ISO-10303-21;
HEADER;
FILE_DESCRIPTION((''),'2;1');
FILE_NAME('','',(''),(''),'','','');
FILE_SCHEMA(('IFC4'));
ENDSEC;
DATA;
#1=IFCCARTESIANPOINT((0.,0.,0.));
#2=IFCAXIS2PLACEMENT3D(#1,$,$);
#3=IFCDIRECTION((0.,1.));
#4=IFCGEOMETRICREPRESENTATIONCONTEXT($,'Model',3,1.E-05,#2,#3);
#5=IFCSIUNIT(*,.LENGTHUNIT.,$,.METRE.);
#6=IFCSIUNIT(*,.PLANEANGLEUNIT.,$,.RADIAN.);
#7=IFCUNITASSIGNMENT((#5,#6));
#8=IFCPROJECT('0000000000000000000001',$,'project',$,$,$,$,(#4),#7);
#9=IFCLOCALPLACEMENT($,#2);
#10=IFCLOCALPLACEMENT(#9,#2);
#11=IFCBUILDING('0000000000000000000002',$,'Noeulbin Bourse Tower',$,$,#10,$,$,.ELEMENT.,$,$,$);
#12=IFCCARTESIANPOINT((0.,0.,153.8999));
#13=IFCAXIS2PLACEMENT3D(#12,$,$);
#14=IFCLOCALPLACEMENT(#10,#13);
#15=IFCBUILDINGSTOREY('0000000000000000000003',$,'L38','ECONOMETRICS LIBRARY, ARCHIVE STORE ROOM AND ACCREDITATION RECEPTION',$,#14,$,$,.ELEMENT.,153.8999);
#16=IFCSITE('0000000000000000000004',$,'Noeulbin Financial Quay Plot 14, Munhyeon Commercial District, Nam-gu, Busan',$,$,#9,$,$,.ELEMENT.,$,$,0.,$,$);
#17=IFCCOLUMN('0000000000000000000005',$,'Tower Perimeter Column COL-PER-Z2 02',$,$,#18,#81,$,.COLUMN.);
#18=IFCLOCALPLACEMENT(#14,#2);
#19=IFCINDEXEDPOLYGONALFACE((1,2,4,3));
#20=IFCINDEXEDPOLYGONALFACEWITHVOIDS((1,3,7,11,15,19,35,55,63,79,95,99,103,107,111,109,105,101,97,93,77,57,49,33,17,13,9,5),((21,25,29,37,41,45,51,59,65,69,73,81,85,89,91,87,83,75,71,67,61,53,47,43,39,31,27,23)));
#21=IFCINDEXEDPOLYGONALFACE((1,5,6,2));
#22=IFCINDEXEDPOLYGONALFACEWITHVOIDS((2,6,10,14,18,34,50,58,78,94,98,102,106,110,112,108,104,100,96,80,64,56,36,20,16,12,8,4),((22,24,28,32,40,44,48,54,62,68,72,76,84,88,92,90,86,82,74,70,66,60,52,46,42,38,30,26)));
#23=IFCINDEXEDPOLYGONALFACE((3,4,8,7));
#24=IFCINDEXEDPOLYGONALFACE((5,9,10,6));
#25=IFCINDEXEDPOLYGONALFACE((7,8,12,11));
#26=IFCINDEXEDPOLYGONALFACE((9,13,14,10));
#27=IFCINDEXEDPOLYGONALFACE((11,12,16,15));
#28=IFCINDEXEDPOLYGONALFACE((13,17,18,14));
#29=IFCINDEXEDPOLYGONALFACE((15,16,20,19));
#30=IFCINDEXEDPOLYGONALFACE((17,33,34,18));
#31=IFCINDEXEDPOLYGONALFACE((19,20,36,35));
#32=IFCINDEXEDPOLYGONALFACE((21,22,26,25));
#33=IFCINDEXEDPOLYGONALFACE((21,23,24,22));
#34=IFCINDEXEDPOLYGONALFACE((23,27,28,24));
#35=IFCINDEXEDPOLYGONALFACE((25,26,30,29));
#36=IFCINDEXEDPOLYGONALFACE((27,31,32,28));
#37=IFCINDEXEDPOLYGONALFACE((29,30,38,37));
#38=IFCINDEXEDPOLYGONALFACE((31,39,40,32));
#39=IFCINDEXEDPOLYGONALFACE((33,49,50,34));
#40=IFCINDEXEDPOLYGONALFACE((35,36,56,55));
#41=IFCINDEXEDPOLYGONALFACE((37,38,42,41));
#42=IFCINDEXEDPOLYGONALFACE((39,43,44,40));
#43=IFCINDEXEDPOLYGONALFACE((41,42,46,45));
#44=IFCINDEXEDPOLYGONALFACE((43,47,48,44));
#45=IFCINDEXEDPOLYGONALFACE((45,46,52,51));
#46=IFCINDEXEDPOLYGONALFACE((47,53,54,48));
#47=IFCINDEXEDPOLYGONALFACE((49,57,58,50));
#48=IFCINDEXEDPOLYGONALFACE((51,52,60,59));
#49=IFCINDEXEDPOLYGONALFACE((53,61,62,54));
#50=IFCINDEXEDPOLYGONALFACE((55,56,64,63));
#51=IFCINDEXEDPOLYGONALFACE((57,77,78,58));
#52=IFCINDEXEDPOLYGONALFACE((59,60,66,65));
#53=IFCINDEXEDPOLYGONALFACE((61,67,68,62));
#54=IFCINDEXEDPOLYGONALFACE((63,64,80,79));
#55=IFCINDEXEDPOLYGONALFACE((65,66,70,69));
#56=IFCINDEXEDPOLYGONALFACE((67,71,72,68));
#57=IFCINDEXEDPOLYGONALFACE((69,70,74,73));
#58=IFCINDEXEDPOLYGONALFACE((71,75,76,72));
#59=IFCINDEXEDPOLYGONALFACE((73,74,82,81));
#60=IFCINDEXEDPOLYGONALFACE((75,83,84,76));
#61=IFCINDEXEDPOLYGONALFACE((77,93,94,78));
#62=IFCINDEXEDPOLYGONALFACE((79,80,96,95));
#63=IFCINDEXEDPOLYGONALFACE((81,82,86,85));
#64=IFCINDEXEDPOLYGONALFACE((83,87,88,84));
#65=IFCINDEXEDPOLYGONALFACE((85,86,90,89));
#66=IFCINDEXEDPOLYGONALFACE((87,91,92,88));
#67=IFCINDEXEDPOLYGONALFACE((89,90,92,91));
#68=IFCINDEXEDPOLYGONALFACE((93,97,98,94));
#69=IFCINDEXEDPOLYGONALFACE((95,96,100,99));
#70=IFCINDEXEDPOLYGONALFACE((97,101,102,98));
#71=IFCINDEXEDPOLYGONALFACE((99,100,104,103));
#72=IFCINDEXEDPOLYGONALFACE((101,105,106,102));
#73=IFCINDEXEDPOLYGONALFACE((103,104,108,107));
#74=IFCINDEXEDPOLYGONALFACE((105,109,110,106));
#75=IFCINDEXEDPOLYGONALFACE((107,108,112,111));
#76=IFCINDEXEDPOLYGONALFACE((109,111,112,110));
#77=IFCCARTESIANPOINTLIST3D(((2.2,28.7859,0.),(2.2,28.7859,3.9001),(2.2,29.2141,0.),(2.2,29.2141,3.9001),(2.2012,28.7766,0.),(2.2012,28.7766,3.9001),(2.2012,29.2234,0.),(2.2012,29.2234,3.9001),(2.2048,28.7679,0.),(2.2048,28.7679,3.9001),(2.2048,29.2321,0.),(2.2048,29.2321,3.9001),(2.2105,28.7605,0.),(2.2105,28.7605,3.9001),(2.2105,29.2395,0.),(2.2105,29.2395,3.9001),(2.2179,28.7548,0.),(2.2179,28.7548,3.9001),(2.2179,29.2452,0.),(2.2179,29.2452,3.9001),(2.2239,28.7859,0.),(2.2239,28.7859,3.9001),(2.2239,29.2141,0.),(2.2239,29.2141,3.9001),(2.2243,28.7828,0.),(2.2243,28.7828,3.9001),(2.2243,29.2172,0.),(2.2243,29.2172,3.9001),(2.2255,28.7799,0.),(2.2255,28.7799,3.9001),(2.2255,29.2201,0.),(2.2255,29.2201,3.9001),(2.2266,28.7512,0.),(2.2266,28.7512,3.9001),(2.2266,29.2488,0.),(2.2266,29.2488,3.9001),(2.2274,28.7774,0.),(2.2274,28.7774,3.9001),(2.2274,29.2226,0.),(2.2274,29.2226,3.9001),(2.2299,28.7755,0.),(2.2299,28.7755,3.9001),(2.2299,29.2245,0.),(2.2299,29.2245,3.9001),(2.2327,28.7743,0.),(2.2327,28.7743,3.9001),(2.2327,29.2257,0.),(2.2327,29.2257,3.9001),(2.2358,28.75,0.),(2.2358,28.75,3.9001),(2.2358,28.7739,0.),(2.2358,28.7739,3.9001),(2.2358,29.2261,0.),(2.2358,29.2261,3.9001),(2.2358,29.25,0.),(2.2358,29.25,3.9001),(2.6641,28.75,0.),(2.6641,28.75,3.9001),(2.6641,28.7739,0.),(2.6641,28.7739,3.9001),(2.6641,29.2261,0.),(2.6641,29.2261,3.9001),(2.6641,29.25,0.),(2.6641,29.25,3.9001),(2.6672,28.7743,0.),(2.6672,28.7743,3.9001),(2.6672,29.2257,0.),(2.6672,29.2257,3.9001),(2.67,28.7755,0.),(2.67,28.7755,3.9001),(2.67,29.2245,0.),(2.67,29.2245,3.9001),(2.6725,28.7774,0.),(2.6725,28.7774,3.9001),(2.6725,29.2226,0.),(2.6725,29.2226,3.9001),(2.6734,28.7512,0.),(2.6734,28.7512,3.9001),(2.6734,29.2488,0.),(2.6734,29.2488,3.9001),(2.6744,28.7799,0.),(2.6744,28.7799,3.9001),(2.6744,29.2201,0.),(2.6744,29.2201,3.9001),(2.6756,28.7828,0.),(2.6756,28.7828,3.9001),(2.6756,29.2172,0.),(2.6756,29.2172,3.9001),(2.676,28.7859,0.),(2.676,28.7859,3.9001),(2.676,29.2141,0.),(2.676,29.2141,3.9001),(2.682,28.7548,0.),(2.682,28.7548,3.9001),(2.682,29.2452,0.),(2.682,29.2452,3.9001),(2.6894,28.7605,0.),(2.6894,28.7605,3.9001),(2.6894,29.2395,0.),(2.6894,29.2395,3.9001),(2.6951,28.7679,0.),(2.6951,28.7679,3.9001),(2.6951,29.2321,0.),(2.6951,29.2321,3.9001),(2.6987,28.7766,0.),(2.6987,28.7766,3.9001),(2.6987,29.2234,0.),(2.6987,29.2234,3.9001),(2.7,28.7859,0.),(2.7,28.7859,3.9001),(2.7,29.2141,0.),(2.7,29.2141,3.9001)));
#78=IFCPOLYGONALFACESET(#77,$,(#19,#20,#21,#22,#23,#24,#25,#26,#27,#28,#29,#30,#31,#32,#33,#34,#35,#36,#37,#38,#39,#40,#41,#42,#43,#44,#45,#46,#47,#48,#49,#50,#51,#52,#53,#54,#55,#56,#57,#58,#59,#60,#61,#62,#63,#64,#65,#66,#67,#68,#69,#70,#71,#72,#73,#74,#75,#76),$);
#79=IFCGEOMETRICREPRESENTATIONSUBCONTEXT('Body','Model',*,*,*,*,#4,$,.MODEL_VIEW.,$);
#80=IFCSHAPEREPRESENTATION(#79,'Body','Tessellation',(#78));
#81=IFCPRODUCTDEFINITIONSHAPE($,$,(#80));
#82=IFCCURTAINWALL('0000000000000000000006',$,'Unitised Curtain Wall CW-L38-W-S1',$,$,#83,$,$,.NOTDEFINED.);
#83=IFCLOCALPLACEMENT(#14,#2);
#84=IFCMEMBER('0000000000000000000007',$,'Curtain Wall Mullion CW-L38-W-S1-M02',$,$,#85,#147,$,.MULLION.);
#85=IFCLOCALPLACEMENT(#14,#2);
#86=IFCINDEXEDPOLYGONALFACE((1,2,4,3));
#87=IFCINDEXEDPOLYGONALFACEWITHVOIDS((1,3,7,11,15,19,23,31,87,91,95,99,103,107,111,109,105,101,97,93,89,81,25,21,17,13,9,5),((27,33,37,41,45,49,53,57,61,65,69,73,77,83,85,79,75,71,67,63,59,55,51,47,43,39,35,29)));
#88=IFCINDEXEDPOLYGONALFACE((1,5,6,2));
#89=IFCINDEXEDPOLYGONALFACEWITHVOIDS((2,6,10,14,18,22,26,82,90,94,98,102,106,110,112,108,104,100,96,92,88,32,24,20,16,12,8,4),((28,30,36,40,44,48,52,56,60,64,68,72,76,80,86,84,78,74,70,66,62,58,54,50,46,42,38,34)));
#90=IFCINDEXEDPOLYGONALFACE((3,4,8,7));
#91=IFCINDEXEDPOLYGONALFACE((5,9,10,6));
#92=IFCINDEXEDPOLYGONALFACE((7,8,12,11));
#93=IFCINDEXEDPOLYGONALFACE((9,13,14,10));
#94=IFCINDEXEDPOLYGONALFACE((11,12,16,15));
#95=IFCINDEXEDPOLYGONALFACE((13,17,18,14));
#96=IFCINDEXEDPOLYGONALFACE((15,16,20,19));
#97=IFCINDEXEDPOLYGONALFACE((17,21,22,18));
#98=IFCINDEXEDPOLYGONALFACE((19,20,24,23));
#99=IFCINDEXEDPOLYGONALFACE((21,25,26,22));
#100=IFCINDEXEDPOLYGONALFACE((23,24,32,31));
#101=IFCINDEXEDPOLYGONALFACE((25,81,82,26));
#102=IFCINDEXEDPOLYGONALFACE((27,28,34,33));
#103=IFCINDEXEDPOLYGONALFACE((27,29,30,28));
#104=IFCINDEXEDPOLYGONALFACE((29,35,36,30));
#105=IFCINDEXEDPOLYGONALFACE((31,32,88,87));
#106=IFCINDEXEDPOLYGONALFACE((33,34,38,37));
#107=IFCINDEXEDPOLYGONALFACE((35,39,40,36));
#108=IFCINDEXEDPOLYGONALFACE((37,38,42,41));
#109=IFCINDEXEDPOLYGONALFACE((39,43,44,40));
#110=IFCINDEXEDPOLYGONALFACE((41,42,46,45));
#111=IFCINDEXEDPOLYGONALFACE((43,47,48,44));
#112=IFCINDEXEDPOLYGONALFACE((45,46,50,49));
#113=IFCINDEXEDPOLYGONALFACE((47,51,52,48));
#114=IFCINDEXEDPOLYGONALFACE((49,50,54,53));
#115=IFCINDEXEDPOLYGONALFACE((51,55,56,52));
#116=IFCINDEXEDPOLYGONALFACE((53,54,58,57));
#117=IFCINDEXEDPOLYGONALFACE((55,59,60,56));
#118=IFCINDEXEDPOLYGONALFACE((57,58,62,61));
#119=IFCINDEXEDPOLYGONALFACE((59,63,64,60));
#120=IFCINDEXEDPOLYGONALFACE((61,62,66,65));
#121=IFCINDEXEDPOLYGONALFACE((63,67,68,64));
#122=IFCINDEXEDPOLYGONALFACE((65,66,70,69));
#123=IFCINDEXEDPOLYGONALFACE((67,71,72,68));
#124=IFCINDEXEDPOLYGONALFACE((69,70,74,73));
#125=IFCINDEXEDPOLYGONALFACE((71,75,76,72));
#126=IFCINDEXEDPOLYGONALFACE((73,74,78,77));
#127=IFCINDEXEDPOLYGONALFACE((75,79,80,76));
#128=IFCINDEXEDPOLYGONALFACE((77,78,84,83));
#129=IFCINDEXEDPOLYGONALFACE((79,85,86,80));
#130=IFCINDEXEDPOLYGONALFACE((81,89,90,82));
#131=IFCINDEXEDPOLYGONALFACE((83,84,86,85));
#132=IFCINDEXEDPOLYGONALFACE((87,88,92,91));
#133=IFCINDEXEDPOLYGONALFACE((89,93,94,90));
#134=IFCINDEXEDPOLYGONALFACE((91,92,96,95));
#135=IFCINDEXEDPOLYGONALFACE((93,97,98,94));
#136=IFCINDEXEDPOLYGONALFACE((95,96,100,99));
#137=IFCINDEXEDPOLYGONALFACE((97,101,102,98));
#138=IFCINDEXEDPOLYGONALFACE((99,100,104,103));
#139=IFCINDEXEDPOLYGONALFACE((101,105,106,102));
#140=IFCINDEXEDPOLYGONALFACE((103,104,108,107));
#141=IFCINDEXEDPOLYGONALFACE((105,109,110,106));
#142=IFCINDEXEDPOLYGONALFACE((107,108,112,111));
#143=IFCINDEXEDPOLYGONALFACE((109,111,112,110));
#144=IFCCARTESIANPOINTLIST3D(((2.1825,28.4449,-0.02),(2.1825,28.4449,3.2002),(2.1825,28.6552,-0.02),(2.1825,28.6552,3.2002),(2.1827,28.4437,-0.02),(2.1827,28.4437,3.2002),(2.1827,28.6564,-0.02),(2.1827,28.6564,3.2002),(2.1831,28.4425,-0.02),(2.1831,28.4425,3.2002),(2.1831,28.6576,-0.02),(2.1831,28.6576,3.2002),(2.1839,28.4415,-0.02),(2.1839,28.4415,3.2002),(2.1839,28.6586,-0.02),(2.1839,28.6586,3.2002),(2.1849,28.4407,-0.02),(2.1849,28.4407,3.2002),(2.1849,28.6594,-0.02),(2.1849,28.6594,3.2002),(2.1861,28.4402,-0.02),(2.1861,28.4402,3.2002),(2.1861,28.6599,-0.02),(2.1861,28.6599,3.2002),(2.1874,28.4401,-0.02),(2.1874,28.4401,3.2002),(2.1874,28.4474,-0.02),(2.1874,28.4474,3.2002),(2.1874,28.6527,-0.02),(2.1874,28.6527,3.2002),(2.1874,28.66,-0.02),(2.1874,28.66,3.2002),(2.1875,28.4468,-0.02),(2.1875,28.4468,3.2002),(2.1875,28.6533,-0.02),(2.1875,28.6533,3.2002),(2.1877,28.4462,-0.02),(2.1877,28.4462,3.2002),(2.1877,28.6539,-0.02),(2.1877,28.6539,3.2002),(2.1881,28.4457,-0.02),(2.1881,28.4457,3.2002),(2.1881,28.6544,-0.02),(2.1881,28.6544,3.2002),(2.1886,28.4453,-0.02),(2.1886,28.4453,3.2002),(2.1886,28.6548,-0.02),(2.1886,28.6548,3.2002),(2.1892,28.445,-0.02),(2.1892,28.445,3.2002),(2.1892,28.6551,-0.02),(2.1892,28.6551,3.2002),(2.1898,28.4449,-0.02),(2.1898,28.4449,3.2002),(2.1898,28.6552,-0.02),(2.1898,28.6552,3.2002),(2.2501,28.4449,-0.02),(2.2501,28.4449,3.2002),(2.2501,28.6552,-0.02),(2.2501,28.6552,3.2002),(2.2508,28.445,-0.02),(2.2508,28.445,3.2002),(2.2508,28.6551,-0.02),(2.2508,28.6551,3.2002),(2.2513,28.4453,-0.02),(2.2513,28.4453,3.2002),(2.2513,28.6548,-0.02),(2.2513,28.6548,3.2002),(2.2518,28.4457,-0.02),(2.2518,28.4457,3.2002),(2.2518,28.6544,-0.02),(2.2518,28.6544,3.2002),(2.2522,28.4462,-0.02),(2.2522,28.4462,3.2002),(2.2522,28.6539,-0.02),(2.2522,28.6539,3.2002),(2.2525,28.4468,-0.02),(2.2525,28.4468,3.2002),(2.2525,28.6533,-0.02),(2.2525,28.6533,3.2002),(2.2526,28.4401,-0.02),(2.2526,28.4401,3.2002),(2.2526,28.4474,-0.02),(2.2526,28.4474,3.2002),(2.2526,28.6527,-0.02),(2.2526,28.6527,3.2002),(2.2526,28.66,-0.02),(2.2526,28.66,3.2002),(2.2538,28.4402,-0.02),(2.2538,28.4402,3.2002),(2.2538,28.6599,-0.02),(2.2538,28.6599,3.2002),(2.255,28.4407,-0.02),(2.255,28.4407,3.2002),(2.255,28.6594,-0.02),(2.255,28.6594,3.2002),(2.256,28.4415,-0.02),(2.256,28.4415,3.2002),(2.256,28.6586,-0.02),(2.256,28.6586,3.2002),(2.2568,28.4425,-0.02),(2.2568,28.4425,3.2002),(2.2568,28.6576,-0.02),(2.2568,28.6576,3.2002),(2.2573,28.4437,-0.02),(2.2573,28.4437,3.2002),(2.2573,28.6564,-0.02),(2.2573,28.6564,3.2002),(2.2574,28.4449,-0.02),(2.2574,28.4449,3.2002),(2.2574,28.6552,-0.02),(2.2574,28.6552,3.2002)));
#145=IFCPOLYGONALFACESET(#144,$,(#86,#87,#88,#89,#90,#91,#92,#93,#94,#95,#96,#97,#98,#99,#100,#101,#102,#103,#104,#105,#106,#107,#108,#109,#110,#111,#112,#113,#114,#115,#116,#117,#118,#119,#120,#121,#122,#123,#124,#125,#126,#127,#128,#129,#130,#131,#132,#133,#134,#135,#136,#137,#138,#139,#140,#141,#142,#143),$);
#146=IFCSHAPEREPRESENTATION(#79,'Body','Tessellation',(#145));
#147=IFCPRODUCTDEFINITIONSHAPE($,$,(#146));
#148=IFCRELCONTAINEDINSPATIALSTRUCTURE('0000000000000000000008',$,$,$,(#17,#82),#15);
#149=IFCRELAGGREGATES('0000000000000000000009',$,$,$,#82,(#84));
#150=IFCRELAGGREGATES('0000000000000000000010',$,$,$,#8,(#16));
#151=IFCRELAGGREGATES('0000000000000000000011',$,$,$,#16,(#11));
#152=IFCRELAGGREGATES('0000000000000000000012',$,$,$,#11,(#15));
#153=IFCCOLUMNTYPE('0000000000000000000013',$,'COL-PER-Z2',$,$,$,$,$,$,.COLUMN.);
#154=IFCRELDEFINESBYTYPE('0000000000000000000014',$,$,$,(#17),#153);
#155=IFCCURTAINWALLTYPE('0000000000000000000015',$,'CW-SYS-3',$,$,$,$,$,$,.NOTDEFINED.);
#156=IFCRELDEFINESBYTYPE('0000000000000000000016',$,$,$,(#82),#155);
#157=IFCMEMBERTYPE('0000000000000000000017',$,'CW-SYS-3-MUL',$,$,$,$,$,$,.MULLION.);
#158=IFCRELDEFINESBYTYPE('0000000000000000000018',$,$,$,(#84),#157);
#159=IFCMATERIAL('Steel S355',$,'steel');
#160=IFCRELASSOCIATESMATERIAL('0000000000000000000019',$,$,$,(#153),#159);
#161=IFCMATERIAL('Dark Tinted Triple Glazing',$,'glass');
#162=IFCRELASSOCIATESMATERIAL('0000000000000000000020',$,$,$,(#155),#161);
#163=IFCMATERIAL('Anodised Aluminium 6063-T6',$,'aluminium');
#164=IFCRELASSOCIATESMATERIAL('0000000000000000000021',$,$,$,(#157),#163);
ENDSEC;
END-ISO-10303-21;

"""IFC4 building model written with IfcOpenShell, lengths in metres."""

from ifc_helpers import new_model, si_unit, direction, frame, origin, origin_2d, place, context, subcontext, project, spatial, hollow_rectangle, extrude, material, material_profile, profile_set, type_object, element, aggregate, save


model = new_model("IFC4")

# Units and contexts
model_context = context("Model", 3, precision=1e-05, world=origin(), true_north=direction((0.0, 1.0)))
body_context = subcontext(model_context, "Body", "Model", "MODEL_VIEW")
ifc_project = project(units=[si_unit("LENGTHUNIT", "METRE"), si_unit("PLANEANGLEUNIT", "RADIAN")], contexts=[model_context])

# Site, building, storey
site_placement = place(None, origin())
site = spatial("IfcSite", under=ifc_project, at=site_placement, Name="Noeulbin Financial Quay Plot 14, Munhyeon Commercial District, Nam-gu, Busan", CompositionType="ELEMENT", RefElevation=0.0)
building_placement = place(site_placement, origin())
building = spatial("IfcBuilding", under=site, at=building_placement, Name="Noeulbin Bourse Tower", CompositionType="ELEMENT")
storey_placement = place(building_placement, frame((0.0, 0.0, 153.8999)))
storey = spatial("IfcBuildingStorey", under=building, at=storey_placement, Name="L38", Description="ECONOMETRICS LIBRARY, ARCHIVE STORE ROOM AND ACCREDITATION RECEPTION", CompositionType="ELEMENT", Elevation=153.8999)

# Column
ifc_material_1 = material(Name="Steel S355", Category="steel")
ifc_material_profile_1 = material_profile(ifc_material_1, hollow_rectangle(XDim=0.5, YDim=0.5, WallThickness=0.0239, InnerFilletRadius=0.012, OuterFilletRadius=0.0359, at=origin_2d()), Name="BOX-500x500x24", Category="LoadBearing")
ifc_profile_set_1 = profile_set([ifc_material_profile_1], Name="Steel S355")
column_type = type_object("IfcColumnType", Name="COL-PER-Z2", PredefinedType="COLUMN", material=ifc_profile_set_1)
column_placement = place(storey_placement, frame((2.45, 29.0, 0.0), z_axis=(0.0, 0.0, 1.0), x_axis=(1.0, 0.0, 0.0)))
element("IfcColumn", 1, at=column_placement, inside=storey, type_object=column_type, Name="Tower Perimeter Column COL-PER-Z2 02", PredefinedType="COLUMN", context=body_context, shape_type="SweptSolid", body=[
    extrude(hollow_rectangle(XDim=0.5, YDim=0.5, WallThickness=0.0239, InnerFilletRadius=0.012, OuterFilletRadius=0.0359, at=origin_2d()), origin(), (0.0, 0.0, 1.0), 3.9001),
])

# Curtain wall, member
ifc_material_2 = material(Name="Dark Tinted Triple Glazing", Category="glass")
curtain_wall_type = type_object("IfcCurtainWallType", Name="CW-SYS-3", PredefinedType="NOTDEFINED", material=ifc_material_2)
curtain_wall_1_placement = place(storey_placement, origin())
curtain_wall_1 = element("IfcCurtainWall", 2, at=curtain_wall_1_placement, inside=storey, type_object=curtain_wall_type, Name="Unitised Curtain Wall CW-L38-W-S1", PredefinedType="NOTDEFINED")
ifc_material_3 = material(Name="Anodised Aluminium 6063-T6", Category="aluminium")
ifc_material_profile_2 = material_profile(ifc_material_3, hollow_rectangle(XDim=0.075, YDim=0.22, WallThickness=0.0049, InnerFilletRadius=0.0024, OuterFilletRadius=0.0049, at=origin_2d()), Name="ALU-MULL-75x220x5", Category="LoadBearing")
ifc_profile_set_2 = profile_set([ifc_material_profile_2], Name="Anodised Aluminium 6063-T6")
member_type_1 = type_object("IfcMemberType", Name="CW-SYS-3-MUL", PredefinedType="MULLION", material=ifc_profile_set_2)
member_1_placement = place(storey_placement, frame((2.22, 28.55, -0.02), z_axis=(0.0, 0.0, 1.0), x_axis=(1.0, 0.0, 0.0)))
member_1 = element("IfcMember", 3, at=member_1_placement, type_object=member_type_1, Name="Curtain Wall Mullion CW-L38-W-S1-M02", PredefinedType="MULLION", context=body_context, shape_type="SweptSolid", body=[
    extrude(hollow_rectangle(XDim=0.075, YDim=0.22, WallThickness=0.0049, InnerFilletRadius=0.0024, OuterFilletRadius=0.0049, at=origin_2d()), origin(), (0.0, 0.0, 1.0), 3.2202),
])

aggregate(curtain_wall_1, [member_1])

save(model, "model.ifc")
